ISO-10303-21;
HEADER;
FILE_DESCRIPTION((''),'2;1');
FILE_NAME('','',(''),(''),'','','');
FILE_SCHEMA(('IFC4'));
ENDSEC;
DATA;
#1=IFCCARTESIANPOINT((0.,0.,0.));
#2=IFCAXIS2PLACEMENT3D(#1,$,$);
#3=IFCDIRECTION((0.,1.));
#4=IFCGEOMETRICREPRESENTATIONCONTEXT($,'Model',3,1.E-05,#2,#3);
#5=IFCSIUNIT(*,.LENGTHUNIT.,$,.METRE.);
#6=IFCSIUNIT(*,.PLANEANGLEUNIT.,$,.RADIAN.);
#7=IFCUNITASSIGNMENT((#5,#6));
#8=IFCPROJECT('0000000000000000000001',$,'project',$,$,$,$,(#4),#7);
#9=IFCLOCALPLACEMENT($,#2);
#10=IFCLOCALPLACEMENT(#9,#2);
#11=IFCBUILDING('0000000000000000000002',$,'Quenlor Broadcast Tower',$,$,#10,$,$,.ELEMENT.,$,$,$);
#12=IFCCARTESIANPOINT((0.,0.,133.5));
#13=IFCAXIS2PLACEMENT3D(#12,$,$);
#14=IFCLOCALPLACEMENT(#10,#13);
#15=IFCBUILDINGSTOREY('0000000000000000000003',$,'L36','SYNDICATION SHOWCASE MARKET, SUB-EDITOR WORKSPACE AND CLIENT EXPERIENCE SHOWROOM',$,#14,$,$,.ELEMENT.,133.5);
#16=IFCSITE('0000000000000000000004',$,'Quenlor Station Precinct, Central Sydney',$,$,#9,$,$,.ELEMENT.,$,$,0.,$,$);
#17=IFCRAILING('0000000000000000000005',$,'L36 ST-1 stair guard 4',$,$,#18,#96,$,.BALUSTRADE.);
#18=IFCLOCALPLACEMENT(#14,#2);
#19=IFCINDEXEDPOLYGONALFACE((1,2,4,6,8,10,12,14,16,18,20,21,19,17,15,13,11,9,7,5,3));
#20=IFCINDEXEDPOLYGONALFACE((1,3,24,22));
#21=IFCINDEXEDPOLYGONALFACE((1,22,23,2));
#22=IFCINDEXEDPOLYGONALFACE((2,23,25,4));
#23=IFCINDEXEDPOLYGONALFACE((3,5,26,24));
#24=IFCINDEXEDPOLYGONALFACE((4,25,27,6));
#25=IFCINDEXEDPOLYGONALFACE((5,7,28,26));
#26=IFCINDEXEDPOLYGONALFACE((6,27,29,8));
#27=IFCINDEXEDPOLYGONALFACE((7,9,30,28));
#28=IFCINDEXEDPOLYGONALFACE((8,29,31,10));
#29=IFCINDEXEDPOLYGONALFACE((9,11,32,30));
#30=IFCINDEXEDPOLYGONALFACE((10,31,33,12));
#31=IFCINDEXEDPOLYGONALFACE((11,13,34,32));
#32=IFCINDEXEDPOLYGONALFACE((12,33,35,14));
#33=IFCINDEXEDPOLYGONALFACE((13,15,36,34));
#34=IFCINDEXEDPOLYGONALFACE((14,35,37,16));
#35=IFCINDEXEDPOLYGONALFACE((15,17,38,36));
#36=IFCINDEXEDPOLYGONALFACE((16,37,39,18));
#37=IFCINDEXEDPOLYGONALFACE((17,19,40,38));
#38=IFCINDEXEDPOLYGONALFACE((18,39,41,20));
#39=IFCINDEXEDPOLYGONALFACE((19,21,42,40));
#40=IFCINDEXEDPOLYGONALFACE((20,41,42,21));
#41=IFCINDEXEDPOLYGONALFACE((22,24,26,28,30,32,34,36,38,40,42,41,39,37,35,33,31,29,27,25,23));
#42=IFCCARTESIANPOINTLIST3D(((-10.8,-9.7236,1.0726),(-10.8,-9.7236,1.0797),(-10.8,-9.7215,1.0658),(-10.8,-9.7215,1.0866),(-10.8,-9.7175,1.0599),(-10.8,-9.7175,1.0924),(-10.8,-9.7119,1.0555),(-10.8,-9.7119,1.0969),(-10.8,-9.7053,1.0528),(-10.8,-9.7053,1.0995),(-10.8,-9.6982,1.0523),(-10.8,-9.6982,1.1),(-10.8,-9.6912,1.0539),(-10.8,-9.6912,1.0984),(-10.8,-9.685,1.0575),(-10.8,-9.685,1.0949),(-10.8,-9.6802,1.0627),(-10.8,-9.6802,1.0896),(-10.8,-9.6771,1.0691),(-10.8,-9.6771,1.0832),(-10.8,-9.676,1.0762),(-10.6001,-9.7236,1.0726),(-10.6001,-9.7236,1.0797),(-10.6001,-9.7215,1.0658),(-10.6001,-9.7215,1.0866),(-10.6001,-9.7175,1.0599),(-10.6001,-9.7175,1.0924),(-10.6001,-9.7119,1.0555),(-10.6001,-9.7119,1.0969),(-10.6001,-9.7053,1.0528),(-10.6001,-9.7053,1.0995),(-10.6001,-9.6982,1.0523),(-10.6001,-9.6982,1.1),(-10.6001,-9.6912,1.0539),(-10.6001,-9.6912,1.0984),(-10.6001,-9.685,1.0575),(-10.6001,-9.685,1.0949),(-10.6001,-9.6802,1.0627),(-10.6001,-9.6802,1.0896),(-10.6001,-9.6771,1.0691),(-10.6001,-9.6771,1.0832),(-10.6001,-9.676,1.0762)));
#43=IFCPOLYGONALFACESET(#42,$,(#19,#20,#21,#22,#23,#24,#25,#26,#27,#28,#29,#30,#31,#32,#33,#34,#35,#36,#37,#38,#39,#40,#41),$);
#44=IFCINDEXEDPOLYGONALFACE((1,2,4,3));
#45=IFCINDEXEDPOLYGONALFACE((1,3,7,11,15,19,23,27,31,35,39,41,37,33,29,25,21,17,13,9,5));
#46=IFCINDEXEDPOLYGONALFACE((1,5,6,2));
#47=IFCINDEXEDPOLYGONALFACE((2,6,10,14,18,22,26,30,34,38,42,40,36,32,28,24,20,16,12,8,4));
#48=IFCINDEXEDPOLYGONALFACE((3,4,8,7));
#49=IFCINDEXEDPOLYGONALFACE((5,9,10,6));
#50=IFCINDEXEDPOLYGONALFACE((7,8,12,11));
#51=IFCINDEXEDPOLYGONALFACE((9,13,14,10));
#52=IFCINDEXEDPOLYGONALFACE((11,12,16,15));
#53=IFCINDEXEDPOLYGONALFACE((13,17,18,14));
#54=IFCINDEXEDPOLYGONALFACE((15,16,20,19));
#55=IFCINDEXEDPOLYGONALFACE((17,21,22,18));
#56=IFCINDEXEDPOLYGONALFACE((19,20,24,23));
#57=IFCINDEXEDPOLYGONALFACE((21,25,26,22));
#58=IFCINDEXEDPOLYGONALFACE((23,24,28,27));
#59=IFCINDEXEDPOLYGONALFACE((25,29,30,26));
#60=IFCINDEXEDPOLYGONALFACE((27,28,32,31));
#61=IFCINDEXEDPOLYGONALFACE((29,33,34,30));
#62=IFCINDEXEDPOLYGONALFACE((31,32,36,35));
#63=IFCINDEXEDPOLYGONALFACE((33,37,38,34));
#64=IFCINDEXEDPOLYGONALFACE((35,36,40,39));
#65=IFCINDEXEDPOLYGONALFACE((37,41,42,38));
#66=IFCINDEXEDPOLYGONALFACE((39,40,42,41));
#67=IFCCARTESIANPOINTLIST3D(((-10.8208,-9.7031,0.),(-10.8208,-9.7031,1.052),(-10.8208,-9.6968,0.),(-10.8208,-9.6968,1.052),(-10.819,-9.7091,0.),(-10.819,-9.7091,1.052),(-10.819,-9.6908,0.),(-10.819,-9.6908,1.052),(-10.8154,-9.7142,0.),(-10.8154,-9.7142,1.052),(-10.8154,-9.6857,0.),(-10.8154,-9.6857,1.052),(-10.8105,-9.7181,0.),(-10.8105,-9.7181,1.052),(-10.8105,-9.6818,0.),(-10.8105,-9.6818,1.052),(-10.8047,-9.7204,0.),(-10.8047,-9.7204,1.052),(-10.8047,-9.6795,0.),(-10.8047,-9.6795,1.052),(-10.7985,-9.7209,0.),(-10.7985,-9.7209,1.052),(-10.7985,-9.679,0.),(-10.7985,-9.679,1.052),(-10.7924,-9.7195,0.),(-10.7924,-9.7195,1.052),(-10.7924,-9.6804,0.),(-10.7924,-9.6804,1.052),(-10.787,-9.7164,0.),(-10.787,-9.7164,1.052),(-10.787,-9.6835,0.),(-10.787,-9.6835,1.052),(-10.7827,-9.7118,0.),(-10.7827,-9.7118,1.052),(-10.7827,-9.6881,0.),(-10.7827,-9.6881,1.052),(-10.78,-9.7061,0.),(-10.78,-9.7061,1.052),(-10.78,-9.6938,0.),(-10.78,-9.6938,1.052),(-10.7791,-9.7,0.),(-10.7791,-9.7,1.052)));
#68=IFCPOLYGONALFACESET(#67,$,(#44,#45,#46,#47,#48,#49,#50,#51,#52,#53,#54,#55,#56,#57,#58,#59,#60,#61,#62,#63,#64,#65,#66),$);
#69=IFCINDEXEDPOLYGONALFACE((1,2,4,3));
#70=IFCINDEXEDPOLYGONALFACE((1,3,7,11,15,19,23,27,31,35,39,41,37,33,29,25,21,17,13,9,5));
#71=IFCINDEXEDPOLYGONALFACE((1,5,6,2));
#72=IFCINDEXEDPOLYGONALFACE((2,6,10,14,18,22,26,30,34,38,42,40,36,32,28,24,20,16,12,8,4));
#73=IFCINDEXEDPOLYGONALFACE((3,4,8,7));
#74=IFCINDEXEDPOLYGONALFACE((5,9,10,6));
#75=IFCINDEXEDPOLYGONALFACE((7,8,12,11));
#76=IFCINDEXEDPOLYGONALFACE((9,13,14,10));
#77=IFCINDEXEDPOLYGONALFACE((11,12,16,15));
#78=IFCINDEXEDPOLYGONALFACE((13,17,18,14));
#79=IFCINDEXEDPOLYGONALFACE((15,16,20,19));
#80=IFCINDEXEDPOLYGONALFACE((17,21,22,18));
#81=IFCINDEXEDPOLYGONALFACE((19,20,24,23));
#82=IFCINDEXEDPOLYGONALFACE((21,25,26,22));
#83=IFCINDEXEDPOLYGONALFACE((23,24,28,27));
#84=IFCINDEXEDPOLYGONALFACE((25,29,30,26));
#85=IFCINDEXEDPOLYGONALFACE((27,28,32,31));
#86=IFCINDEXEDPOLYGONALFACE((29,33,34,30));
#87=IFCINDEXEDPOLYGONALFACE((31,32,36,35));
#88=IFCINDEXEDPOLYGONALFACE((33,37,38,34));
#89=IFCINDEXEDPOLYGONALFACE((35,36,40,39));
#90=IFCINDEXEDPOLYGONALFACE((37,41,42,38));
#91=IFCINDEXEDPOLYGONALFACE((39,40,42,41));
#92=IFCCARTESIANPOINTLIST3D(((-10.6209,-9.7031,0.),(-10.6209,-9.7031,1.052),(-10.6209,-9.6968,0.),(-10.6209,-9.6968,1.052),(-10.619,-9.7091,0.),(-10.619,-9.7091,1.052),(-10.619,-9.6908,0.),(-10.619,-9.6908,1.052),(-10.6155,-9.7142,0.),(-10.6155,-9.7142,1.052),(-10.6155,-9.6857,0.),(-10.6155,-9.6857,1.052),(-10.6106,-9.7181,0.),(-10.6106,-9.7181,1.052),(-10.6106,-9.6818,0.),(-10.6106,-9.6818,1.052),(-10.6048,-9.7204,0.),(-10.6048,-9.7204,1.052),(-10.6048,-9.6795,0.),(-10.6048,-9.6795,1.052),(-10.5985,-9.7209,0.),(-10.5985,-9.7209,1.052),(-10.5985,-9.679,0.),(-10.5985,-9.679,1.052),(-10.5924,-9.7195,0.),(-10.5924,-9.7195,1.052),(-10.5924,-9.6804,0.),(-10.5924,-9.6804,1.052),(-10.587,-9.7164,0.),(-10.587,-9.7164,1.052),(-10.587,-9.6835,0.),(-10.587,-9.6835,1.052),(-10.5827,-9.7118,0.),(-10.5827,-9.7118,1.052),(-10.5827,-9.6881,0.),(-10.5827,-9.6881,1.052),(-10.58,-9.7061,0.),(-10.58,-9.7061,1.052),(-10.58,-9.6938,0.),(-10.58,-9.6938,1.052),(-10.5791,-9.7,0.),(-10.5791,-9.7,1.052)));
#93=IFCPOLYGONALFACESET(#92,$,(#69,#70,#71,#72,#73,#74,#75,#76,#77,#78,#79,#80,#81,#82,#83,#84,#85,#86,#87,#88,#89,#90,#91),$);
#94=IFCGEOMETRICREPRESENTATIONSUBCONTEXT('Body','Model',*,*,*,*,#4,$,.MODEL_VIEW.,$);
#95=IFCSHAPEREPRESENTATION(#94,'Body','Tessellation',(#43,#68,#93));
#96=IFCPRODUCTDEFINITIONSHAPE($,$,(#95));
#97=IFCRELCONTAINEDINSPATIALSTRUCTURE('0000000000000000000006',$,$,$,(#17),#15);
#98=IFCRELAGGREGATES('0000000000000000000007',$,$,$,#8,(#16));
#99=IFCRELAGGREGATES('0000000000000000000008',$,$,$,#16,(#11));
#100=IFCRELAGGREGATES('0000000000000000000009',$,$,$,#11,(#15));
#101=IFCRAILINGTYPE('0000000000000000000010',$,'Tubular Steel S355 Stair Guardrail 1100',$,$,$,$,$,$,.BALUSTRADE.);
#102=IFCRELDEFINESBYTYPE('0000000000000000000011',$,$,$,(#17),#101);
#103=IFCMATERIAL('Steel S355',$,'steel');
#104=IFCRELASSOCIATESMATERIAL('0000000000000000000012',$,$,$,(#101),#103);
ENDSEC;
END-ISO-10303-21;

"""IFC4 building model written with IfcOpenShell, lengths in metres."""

from ifc_helpers import new_model, si_unit, direction, frame, origin, origin_2d, place, context, subcontext, project, spatial, circle, extrude, material, type_object, element, save


model = new_model("IFC4")

# Units and contexts
model_context = context("Model", 3, precision=1e-05, world=origin(), true_north=direction((0.0, 1.0)))
body_context = subcontext(model_context, "Body", "Model", "MODEL_VIEW")
ifc_project = project(units=[si_unit("LENGTHUNIT", "METRE"), si_unit("PLANEANGLEUNIT", "RADIAN")], contexts=[model_context])

# Site, building, storey
site_placement = place(None, origin())
site = spatial("IfcSite", under=ifc_project, at=site_placement, Name="Quenlor Station Precinct, Central Sydney", CompositionType="ELEMENT", RefElevation=0.0)
building_placement = place(site_placement, origin())
building = spatial("IfcBuilding", under=site, at=building_placement, Name="Quenlor Broadcast Tower", CompositionType="ELEMENT")
storey_placement = place(building_placement, frame((0.0, 0.0, 133.5)))
storey = spatial("IfcBuildingStorey", under=building, at=storey_placement, Name="L36", Description="SYNDICATION SHOWCASE MARKET, SUB-EDITOR WORKSPACE AND CLIENT EXPERIENCE SHOWROOM", CompositionType="ELEMENT", Elevation=133.5)

# Railing
ifc_material_1 = material(Name="Steel S355", Category="steel")
railing_type_1 = type_object("IfcRailingType", Name="Tubular Steel S355 Stair Guardrail 1100", PredefinedType="BALUSTRADE", material=ifc_material_1)
railing_1_placement = place(storey_placement, frame((-10.8, -9.7, 0.0)))
element("IfcRailing", 1, at=railing_1_placement, inside=storey, type_object=railing_type_1, Name="L36 ST-1 stair guard 4", PredefinedType="BALUSTRADE", context=body_context, shape_type="SweptSolid", body=[
    extrude(circle(Radius=0.0239, at=origin_2d()), frame((0.0, 0.0, 1.0762), z_axis=(1.0, 0.0, 0.0), x_axis=(0.0, 1.0, 0.0)), (0.0, 0.0, 1.0), 0.2),
    extrude(circle(Radius=0.021, at=origin_2d()), origin(), (0.0, 0.0, 1.0), 1.052),
    extrude(circle(Radius=0.021, at=origin_2d()), frame((0.2, 0.0, 0.0)), (0.0, 0.0, 1.0), 1.052),
])

save(model, "model.ifc")
